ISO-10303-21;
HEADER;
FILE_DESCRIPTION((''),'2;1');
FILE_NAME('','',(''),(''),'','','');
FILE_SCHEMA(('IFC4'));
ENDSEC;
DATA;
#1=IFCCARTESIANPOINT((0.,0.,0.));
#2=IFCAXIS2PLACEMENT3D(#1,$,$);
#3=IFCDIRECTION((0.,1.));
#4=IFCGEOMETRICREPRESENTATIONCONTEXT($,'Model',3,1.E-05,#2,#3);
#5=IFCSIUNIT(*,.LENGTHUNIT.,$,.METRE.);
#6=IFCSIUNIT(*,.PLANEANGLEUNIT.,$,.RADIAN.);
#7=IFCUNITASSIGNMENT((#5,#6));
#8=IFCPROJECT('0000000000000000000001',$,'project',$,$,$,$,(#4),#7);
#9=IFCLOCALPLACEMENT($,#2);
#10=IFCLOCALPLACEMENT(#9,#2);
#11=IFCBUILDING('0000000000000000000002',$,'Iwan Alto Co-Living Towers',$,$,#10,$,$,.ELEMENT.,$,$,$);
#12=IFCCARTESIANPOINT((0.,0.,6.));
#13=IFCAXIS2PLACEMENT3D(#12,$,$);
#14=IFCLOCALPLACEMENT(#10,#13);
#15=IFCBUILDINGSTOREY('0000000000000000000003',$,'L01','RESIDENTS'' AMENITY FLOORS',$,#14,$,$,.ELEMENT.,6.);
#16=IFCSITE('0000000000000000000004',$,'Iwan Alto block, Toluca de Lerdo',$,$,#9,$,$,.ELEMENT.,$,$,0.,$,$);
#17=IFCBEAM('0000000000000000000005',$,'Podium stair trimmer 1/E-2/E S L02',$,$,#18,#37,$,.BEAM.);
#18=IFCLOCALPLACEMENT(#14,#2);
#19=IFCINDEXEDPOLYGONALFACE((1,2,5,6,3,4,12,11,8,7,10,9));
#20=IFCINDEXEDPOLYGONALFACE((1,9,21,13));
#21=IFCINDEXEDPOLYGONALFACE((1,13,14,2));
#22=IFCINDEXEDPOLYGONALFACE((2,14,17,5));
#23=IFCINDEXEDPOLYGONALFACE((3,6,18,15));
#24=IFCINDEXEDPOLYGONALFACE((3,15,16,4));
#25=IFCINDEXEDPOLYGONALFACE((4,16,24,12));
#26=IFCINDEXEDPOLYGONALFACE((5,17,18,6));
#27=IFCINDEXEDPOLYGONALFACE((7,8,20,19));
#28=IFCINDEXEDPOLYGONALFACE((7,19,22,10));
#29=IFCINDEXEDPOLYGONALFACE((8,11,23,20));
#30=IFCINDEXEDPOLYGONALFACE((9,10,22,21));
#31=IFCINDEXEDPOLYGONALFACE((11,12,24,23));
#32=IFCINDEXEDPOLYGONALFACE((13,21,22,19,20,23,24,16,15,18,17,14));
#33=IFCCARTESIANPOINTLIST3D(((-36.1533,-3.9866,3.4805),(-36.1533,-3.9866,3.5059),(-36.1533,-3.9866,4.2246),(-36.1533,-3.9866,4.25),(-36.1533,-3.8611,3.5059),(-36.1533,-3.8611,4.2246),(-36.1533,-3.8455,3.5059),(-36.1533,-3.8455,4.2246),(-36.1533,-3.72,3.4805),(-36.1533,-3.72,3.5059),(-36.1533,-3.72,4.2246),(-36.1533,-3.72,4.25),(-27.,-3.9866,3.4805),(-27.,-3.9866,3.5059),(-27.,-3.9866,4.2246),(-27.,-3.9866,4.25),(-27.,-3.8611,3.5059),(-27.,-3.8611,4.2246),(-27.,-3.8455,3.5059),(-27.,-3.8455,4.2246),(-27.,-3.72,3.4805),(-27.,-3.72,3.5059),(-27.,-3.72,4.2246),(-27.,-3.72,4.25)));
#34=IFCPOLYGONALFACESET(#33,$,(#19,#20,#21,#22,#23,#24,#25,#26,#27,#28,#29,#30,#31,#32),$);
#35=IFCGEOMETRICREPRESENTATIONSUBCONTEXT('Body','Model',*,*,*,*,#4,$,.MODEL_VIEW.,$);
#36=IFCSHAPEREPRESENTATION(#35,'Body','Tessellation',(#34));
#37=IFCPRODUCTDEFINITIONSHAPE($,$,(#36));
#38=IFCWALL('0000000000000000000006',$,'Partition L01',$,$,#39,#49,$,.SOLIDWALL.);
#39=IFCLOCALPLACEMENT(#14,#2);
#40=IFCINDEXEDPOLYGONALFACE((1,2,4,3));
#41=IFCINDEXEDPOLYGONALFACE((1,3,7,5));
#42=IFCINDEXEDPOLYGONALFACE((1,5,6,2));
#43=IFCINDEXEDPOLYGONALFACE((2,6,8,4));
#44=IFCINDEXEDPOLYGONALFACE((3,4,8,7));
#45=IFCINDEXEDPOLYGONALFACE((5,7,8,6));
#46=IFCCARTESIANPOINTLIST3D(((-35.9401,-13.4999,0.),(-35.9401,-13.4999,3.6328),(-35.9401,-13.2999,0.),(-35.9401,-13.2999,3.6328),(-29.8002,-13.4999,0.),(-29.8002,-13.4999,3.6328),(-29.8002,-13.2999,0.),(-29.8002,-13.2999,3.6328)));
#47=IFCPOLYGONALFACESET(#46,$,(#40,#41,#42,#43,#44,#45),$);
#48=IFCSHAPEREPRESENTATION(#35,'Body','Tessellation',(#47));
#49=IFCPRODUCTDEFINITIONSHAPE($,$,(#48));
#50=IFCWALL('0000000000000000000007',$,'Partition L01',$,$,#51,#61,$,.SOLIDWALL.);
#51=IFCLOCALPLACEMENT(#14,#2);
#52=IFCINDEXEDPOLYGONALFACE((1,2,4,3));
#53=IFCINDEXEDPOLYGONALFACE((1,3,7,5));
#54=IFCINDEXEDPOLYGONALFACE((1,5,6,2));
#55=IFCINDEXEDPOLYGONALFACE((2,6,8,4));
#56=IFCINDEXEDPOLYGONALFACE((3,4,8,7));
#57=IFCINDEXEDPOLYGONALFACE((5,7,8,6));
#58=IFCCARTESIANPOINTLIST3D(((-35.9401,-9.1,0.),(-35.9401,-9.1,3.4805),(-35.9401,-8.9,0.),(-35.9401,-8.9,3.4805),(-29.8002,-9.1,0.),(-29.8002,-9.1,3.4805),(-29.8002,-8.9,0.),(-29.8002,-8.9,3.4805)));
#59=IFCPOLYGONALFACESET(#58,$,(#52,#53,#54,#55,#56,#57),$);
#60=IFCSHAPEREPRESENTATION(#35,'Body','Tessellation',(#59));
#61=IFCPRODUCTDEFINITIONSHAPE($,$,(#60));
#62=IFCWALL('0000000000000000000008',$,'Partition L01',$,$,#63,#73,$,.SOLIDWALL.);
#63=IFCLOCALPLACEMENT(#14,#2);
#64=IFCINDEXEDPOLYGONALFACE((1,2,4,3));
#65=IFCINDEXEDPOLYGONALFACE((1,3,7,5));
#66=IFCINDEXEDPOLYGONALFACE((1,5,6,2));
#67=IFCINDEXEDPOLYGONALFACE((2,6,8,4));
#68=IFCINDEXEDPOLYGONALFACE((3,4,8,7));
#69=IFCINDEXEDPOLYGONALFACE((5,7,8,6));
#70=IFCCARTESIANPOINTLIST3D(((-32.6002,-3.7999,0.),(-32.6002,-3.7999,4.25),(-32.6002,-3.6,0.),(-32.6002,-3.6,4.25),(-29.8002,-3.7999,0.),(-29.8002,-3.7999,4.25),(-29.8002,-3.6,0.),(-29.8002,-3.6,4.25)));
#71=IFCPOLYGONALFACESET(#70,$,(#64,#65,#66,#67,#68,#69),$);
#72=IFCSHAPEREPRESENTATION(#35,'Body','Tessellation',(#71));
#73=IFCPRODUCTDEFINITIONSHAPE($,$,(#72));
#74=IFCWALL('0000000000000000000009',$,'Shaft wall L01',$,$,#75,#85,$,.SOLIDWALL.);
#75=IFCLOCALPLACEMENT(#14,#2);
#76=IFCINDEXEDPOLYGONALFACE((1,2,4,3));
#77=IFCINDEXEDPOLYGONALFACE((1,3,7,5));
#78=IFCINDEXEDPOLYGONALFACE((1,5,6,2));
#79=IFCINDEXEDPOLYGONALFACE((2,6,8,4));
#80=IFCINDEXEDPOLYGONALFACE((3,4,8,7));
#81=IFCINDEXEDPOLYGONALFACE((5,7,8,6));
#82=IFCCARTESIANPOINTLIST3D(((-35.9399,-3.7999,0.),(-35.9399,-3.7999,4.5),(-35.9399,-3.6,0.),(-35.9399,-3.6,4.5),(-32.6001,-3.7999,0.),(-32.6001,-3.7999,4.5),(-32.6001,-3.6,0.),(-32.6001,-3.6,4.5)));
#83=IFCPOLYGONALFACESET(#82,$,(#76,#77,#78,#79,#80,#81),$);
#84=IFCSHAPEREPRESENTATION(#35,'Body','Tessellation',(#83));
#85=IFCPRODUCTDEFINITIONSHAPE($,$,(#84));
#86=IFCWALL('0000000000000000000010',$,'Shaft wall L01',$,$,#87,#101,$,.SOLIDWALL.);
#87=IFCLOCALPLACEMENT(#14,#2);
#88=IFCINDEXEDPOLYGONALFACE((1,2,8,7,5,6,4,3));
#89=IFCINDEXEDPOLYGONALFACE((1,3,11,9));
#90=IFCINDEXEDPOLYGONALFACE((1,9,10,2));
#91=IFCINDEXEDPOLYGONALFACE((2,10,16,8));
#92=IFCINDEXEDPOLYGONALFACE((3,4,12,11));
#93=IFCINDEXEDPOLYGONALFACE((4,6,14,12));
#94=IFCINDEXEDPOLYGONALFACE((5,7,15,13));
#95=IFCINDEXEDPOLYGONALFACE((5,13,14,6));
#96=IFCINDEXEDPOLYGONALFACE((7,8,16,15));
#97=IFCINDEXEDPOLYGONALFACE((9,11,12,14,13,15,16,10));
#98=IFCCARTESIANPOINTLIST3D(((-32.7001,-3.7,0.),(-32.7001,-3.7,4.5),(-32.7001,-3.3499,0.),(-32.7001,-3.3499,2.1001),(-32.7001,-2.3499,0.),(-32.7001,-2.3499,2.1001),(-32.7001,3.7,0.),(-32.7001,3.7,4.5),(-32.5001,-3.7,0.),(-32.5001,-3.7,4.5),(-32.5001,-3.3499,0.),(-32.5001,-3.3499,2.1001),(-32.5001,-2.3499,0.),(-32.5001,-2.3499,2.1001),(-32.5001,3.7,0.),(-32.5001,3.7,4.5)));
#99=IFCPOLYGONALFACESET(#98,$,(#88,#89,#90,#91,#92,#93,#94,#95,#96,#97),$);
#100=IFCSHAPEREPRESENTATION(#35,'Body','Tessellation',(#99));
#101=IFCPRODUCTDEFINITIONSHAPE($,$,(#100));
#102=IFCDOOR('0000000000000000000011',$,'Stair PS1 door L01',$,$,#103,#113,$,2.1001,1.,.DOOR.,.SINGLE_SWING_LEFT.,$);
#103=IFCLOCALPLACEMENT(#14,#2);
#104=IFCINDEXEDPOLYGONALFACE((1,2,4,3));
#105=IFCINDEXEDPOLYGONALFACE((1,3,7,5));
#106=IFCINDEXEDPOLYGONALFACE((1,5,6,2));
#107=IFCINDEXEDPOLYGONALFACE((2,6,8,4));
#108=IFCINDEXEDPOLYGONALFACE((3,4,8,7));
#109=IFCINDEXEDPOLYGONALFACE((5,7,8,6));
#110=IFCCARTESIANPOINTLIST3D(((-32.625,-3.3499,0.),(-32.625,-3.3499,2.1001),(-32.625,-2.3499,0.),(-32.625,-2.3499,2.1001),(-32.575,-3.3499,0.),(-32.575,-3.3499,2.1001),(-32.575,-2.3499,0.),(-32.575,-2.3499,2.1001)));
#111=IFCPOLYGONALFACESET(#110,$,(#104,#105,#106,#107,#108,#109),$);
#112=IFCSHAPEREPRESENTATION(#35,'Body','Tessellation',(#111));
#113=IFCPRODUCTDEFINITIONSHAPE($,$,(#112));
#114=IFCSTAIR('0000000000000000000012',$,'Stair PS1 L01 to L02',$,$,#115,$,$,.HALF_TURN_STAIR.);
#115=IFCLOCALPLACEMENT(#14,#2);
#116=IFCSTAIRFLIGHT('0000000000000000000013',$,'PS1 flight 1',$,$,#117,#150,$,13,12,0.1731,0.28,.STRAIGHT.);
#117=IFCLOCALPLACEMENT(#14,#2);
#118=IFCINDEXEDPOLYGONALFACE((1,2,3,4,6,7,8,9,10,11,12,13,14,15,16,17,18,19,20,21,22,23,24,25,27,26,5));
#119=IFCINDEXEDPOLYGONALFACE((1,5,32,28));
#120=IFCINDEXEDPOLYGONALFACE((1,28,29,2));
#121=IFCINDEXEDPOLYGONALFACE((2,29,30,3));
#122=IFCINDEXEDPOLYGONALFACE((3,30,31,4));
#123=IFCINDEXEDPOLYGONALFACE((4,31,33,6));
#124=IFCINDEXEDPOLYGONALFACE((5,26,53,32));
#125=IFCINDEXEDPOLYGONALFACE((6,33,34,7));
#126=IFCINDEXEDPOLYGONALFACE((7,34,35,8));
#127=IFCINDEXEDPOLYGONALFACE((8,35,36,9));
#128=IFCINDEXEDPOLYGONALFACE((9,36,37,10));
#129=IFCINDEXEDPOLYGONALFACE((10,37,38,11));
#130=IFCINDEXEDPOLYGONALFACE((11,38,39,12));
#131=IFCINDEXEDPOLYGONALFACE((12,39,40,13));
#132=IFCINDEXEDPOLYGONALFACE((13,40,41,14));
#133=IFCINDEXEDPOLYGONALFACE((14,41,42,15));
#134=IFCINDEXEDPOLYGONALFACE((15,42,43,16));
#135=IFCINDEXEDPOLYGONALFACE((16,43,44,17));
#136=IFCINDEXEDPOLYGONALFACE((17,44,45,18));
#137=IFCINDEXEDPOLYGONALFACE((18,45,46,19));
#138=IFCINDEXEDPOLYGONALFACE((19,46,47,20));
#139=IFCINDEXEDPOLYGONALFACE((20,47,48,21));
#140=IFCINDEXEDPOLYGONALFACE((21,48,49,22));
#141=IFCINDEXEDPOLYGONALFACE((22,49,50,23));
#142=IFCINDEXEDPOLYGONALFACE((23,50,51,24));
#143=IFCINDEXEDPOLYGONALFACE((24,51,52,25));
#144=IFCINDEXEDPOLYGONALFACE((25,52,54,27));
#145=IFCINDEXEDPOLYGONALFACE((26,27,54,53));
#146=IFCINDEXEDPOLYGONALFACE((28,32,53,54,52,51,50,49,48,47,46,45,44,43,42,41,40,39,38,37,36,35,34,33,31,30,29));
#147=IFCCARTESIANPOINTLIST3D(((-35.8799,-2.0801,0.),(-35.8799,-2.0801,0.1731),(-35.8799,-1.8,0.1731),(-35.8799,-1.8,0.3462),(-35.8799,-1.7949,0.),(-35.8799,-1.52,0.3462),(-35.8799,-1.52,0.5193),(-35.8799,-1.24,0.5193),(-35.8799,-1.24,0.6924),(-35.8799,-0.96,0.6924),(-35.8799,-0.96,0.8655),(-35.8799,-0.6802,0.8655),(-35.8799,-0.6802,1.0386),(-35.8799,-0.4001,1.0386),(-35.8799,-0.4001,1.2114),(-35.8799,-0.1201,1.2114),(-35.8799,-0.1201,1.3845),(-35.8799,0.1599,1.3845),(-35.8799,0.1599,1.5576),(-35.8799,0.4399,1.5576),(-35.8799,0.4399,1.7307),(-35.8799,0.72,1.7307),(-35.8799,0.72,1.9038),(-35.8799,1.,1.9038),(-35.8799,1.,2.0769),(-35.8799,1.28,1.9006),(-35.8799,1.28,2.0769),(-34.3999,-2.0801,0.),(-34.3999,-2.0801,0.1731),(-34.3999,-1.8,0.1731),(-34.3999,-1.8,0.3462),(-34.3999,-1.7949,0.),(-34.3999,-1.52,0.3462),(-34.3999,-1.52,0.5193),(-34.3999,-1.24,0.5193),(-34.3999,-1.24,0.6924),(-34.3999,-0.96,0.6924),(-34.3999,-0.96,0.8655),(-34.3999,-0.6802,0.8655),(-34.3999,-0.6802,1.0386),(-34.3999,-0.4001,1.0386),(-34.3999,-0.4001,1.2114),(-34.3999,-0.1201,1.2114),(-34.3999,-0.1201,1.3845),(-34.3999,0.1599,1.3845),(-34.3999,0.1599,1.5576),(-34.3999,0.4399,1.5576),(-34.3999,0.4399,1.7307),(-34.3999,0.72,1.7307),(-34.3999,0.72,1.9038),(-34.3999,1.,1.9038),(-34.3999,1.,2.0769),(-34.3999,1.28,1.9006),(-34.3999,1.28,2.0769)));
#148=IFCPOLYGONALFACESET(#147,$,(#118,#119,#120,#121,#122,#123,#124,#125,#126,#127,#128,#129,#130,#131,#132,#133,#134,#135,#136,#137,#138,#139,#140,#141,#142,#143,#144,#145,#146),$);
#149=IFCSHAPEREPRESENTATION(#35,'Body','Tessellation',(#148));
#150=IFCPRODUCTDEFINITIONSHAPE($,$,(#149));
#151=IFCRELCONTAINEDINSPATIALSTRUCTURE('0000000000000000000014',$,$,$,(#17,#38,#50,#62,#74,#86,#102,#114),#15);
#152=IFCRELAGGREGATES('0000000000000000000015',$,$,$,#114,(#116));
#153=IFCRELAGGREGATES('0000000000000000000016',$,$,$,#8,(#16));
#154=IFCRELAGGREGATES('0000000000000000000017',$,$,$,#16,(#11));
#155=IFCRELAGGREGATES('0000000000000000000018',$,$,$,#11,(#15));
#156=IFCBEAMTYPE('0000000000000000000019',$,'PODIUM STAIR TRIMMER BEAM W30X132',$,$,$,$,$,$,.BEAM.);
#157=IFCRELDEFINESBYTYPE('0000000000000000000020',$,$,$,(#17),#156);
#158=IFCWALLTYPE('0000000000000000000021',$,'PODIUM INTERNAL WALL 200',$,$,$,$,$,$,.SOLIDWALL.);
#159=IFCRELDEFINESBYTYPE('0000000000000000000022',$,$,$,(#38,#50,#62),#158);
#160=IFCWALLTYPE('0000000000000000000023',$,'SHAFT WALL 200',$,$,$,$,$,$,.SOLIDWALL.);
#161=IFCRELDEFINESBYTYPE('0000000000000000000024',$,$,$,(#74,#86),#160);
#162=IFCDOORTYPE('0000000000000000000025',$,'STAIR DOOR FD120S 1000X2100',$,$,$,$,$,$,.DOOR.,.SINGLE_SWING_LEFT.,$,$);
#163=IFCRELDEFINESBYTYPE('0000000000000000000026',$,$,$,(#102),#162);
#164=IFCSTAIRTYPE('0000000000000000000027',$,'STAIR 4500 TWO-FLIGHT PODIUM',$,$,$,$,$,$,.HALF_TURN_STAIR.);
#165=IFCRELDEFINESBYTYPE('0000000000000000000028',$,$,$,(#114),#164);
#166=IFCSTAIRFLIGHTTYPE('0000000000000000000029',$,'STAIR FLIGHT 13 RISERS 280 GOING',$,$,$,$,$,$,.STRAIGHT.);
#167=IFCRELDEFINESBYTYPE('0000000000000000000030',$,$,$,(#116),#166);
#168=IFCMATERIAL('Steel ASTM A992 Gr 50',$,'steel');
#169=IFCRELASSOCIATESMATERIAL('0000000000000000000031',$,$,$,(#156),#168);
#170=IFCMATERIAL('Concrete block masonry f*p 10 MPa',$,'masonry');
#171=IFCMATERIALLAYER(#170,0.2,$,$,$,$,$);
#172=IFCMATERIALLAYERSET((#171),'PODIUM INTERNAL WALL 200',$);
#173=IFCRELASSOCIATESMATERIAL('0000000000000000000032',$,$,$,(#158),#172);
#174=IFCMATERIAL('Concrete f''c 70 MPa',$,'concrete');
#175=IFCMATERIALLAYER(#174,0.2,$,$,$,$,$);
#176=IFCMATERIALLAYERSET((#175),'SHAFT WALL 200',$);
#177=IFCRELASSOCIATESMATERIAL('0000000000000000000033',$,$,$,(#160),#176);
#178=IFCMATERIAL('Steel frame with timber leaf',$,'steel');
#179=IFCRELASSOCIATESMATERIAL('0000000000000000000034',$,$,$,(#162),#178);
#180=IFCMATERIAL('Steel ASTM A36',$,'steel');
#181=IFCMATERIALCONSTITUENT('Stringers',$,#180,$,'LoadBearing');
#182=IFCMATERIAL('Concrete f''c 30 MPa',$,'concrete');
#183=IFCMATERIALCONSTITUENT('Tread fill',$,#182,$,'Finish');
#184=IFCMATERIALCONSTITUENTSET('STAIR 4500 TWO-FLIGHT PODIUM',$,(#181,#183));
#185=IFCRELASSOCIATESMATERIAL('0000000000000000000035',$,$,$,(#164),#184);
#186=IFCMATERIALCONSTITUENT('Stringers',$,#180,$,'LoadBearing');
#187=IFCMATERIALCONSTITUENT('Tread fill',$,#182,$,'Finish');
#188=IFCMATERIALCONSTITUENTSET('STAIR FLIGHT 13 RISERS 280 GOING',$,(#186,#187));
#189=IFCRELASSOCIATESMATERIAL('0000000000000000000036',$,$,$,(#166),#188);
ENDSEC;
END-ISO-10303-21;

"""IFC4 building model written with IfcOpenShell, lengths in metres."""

from ifc_helpers import new_model, si_unit, direction, frame, frame_2d, origin, origin_2d, place, context, subcontext, project, spatial, polyline, rectangle, i_section, outline, extrude, material, layer, layer_set, constituent, constituent_set, material_profile, profile_set, type_object, element, fill, aggregate, save


model = new_model("IFC4")

# Units and contexts
model_context = context("Model", 3, precision=1e-05, world=origin(), true_north=direction((0.0, 1.0)))
body_context = subcontext(model_context, "Body", "Model", "MODEL_VIEW")
ifc_project = project(units=[si_unit("LENGTHUNIT", "METRE"), si_unit("PLANEANGLEUNIT", "RADIAN")], contexts=[model_context])

# Site, building, storey
site_placement = place(None, origin())
site = spatial("IfcSite", under=ifc_project, at=site_placement, Name="Iwan Alto block, Toluca de Lerdo", CompositionType="ELEMENT", RefElevation=0.0)
building_placement = place(site_placement, origin())
building = spatial("IfcBuilding", under=site, at=building_placement, Name="Iwan Alto Co-Living Towers", CompositionType="ELEMENT")
storey_placement = place(building_placement, frame((0.0, 0.0, 6.0)))
storey = spatial("IfcBuildingStorey", under=building, at=storey_placement, Name="L01", Description="RESIDENTS' AMENITY FLOORS", CompositionType="ELEMENT", Elevation=6.0)

# Beam
ifc_material_1 = material(Name="Steel ASTM A992 Gr 50", Category="steel")
ifc_material_profile_1 = material_profile(ifc_material_1, i_section(OverallWidth=0.2666, OverallDepth=0.7695, WebThickness=0.0156, FlangeThickness=0.0254, at=origin_2d()), Name="W30X132")
ifc_profile_set_1 = profile_set([ifc_material_profile_1], Name="Steel ASTM A992 Gr 50")
beam_type_1 = type_object("IfcBeamType", Name="PODIUM STAIR TRIMMER BEAM W30X132", PredefinedType="BEAM", material=ifc_profile_set_1)
beam_1_placement = place(storey_placement, frame((-36.1533, -3.8533, 3.8652), z_axis=(1.0, 0.0, 0.0), x_axis=(0.0, 1.0, 0.0)))
element("IfcBeam", 1, at=beam_1_placement, inside=storey, type_object=beam_type_1, Name="Podium stair trimmer 1/E-2/E S L02", PredefinedType="BEAM", context=body_context, shape_type="SweptSolid", body=[
    extrude(i_section(OverallWidth=0.2666, OverallDepth=0.7695, WebThickness=0.0156, FlangeThickness=0.0254, at=origin_2d()), origin(), (0.0, 0.0, 1.0), 9.1533),
])

# Walls
ifc_material_2 = material(Name="Concrete block masonry f*p 10 MPa", Category="masonry")
ifc_layer_1 = layer(ifc_material_2, 0.2)
ifc_layer_set_1 = layer_set([ifc_layer_1], Name="PODIUM INTERNAL WALL 200")
wall_type_1 = type_object("IfcWallType", Name="PODIUM INTERNAL WALL 200", PredefinedType="SOLIDWALL", material=ifc_layer_set_1)
wall_1_placement = place(storey_placement, frame((-35.9399, -13.3999, 0.0), z_axis=(0.0, 0.0, 1.0), x_axis=(1.0, 0.0, 0.0)))
element("IfcWall", 2, at=wall_1_placement, inside=storey, type_object=wall_type_1, Name="Partition L01", PredefinedType="SOLIDWALL", context=body_context, shape_type="SweptSolid", body=[
    extrude(rectangle(XDim=6.1399, YDim=0.2, at=frame_2d((3.0698, 0.0))), origin(), (0.0, 0.0, 1.0), 3.6328),
])
wall_2_placement = place(storey_placement, frame((-35.9399, -9.0, 0.0), z_axis=(0.0, 0.0, 1.0), x_axis=(1.0, 0.0, 0.0)))
element("IfcWall", 3, at=wall_2_placement, inside=storey, type_object=wall_type_1, Name="Partition L01", PredefinedType="SOLIDWALL", context=body_context, shape_type="SweptSolid", body=[
    extrude(rectangle(XDim=6.1399, YDim=0.2, at=frame_2d((3.0698, 0.0))), origin(), (0.0, 0.0, 1.0), 3.4805),
])
wall_3_placement = place(storey_placement, frame((-32.6001, -3.7, 0.0), z_axis=(0.0, 0.0, 1.0), x_axis=(1.0, 0.0, 0.0)))
element("IfcWall", 4, at=wall_3_placement, inside=storey, type_object=wall_type_1, Name="Partition L01", PredefinedType="SOLIDWALL", context=body_context, shape_type="SweptSolid", body=[
    extrude(rectangle(XDim=2.8, YDim=0.2, at=frame_2d((1.3999, 0.0))), origin(), (0.0, 0.0, 1.0), 4.25),
])
ifc_material_3 = material(Name="Concrete f'c 70 MPa", Category="concrete")
ifc_layer_2 = layer(ifc_material_3, 0.2)
ifc_layer_set_2 = layer_set([ifc_layer_2], Name="SHAFT WALL 200")
wall_type_2 = type_object("IfcWallType", Name="SHAFT WALL 200", PredefinedType="SOLIDWALL", material=ifc_layer_set_2)
wall_4_placement = place(storey_placement, frame((-35.9399, -3.7, 0.0), z_axis=(0.0, 0.0, 1.0), x_axis=(1.0, 0.0, 0.0)))
element("IfcWall", 5, at=wall_4_placement, inside=storey, type_object=wall_type_2, Name="Shaft wall L01", PredefinedType="SOLIDWALL", context=body_context, shape_type="SweptSolid", body=[
    extrude(rectangle(XDim=3.3398, YDim=0.2, at=frame_2d((1.6699, 0.0))), origin(), (0.0, 0.0, 1.0), 4.5),
])

# Wall, opening, door
wall_5_placement = place(storey_placement, frame((-32.6001, -3.7, 0.0), z_axis=(0.0, 0.0, 1.0), x_axis=(0.0, 1.0, 0.0)))
wall_5 = element("IfcWall", 6, at=wall_5_placement, inside=storey, type_object=wall_type_2, Name="Shaft wall L01", PredefinedType="SOLIDWALL", context=body_context, shape_type="SweptSolid", body=[
    extrude(rectangle(XDim=7.3999, YDim=0.2, at=frame_2d((3.7, 0.0))), origin(), (0.0, 0.0, 1.0), 4.5),
])
opening_placement = place(wall_5_placement, frame((0.3501, 0.0, 0.0)))
opening = element("IfcOpeningElement", 7, at=opening_placement, cuts=wall_5, PredefinedType="OPENING", context=body_context, shape_type="SweptSolid", body=[
    extrude(rectangle(XDim=1.0, YDim=2.1001, at=frame_2d((0.5, 1.05))), frame((0.0, 0.1099, 0.0), z_axis=(0.0, -1.0, 0.0), x_axis=(1.0, 0.0, 0.0)), (0.0, 0.0, 1.0), 0.22),
])
ifc_material_4 = material(Name="Steel frame with timber leaf", Category="steel")
door_type = type_object("IfcDoorType", Name="STAIR DOOR FD120S 1000X2100", OperationType="SINGLE_SWING_LEFT", PredefinedType="DOOR", material=ifc_material_4)
door_placement = place(opening_placement, origin())
door = element("IfcDoor", 8, at=door_placement, inside=storey, type_object=door_type, Name="Stair PS1 door L01", OperationType="SINGLE_SWING_LEFT", OverallHeight=2.1001, OverallWidth=1.0, PredefinedType="DOOR", context=body_context, shape_type="SweptSolid", body=[
    extrude(rectangle(XDim=1.0, YDim=2.1001, at=frame_2d((0.5, 1.05))), frame((0.0, 0.0249, 0.0), z_axis=(0.0, -1.0, 0.0), x_axis=(1.0, 0.0, 0.0)), (0.0, 0.0, 1.0), 0.05),
])
fill(opening, door)

# Stair, stair flight
ifc_material_5 = material(Name="Steel ASTM A36", Category="steel")
ifc_constituent_1 = constituent(ifc_material_5, Name="Stringers", Category="LoadBearing")
ifc_material_6 = material(Name="Concrete f'c 30 MPa", Category="concrete")
ifc_constituent_2 = constituent(ifc_material_6, Name="Tread fill", Category="Finish")
ifc_constituent_set_1 = constituent_set(constituents=[ifc_constituent_1, ifc_constituent_2], Name="STAIR 4500 TWO-FLIGHT PODIUM")
stair_type = type_object("IfcStairType", Name="STAIR 4500 TWO-FLIGHT PODIUM", PredefinedType="HALF_TURN_STAIR", material=ifc_constituent_set_1)
stair_placement = place(storey_placement, origin())
stair = element("IfcStair", 9, at=stair_placement, inside=storey, type_object=stair_type, Name="Stair PS1 L01 to L02", PredefinedType="HALF_TURN_STAIR")
ifc_constituent_3 = constituent(ifc_material_5, Name="Stringers", Category="LoadBearing")
ifc_constituent_4 = constituent(ifc_material_6, Name="Tread fill", Category="Finish")
ifc_constituent_set_2 = constituent_set(constituents=[ifc_constituent_3, ifc_constituent_4], Name="STAIR FLIGHT 13 RISERS 280 GOING")
stair_flight_type = type_object("IfcStairFlightType", Name="STAIR FLIGHT 13 RISERS 280 GOING", PredefinedType="STRAIGHT", material=ifc_constituent_set_2)
stair_flight_placement = place(storey_placement, frame((-35.1399, -2.0801, 0.0), z_axis=(0.0, 0.0, 1.0), x_axis=(0.0, 1.0, 0.0)))
stair_flight = element("IfcStairFlight", 10, at=stair_flight_placement, type_object=stair_flight_type, Name="PS1 flight 1", NumberOfRisers=13, NumberOfTreads=12, PredefinedType="STRAIGHT", RiserHeight=0.1731, TreadLength=0.28, context=body_context, shape_type="SweptSolid", body=[
    extrude(outline(polyline([(0.0, 0.0), (0.0, 0.1731), (0.28, 0.1731), (0.28, 0.3462), (0.5601, 0.3462), (0.5601, 0.5193), (0.8401, 0.5193), (0.8401, 0.6924), (1.1201, 0.6924), (1.1201, 0.8655), (1.3999, 0.8655), (1.3999, 1.0386), (1.6799, 1.0386), (1.6799, 1.2114), (1.96, 1.2114), (1.96, 1.3845), (2.24, 1.3845), (2.24, 1.5576), (2.52, 1.5576), (2.52, 1.7307), (2.8, 1.7307), (2.8, 1.9038), (3.0801, 1.9038), (3.0801, 2.0769), (3.3601, 2.0769), (3.3601, 2.25), (3.3601, 1.9006), (0.2852, 0.0), (0.0, 0.0)])), frame((0.0, 0.74, 0.0), z_axis=(0.0, -1.0, 0.0), x_axis=(1.0, 0.0, 0.0)), (0.0, 0.0, 1.0), 1.48),
])
aggregate(stair, [stair_flight])

save(model, "model.ifc")
